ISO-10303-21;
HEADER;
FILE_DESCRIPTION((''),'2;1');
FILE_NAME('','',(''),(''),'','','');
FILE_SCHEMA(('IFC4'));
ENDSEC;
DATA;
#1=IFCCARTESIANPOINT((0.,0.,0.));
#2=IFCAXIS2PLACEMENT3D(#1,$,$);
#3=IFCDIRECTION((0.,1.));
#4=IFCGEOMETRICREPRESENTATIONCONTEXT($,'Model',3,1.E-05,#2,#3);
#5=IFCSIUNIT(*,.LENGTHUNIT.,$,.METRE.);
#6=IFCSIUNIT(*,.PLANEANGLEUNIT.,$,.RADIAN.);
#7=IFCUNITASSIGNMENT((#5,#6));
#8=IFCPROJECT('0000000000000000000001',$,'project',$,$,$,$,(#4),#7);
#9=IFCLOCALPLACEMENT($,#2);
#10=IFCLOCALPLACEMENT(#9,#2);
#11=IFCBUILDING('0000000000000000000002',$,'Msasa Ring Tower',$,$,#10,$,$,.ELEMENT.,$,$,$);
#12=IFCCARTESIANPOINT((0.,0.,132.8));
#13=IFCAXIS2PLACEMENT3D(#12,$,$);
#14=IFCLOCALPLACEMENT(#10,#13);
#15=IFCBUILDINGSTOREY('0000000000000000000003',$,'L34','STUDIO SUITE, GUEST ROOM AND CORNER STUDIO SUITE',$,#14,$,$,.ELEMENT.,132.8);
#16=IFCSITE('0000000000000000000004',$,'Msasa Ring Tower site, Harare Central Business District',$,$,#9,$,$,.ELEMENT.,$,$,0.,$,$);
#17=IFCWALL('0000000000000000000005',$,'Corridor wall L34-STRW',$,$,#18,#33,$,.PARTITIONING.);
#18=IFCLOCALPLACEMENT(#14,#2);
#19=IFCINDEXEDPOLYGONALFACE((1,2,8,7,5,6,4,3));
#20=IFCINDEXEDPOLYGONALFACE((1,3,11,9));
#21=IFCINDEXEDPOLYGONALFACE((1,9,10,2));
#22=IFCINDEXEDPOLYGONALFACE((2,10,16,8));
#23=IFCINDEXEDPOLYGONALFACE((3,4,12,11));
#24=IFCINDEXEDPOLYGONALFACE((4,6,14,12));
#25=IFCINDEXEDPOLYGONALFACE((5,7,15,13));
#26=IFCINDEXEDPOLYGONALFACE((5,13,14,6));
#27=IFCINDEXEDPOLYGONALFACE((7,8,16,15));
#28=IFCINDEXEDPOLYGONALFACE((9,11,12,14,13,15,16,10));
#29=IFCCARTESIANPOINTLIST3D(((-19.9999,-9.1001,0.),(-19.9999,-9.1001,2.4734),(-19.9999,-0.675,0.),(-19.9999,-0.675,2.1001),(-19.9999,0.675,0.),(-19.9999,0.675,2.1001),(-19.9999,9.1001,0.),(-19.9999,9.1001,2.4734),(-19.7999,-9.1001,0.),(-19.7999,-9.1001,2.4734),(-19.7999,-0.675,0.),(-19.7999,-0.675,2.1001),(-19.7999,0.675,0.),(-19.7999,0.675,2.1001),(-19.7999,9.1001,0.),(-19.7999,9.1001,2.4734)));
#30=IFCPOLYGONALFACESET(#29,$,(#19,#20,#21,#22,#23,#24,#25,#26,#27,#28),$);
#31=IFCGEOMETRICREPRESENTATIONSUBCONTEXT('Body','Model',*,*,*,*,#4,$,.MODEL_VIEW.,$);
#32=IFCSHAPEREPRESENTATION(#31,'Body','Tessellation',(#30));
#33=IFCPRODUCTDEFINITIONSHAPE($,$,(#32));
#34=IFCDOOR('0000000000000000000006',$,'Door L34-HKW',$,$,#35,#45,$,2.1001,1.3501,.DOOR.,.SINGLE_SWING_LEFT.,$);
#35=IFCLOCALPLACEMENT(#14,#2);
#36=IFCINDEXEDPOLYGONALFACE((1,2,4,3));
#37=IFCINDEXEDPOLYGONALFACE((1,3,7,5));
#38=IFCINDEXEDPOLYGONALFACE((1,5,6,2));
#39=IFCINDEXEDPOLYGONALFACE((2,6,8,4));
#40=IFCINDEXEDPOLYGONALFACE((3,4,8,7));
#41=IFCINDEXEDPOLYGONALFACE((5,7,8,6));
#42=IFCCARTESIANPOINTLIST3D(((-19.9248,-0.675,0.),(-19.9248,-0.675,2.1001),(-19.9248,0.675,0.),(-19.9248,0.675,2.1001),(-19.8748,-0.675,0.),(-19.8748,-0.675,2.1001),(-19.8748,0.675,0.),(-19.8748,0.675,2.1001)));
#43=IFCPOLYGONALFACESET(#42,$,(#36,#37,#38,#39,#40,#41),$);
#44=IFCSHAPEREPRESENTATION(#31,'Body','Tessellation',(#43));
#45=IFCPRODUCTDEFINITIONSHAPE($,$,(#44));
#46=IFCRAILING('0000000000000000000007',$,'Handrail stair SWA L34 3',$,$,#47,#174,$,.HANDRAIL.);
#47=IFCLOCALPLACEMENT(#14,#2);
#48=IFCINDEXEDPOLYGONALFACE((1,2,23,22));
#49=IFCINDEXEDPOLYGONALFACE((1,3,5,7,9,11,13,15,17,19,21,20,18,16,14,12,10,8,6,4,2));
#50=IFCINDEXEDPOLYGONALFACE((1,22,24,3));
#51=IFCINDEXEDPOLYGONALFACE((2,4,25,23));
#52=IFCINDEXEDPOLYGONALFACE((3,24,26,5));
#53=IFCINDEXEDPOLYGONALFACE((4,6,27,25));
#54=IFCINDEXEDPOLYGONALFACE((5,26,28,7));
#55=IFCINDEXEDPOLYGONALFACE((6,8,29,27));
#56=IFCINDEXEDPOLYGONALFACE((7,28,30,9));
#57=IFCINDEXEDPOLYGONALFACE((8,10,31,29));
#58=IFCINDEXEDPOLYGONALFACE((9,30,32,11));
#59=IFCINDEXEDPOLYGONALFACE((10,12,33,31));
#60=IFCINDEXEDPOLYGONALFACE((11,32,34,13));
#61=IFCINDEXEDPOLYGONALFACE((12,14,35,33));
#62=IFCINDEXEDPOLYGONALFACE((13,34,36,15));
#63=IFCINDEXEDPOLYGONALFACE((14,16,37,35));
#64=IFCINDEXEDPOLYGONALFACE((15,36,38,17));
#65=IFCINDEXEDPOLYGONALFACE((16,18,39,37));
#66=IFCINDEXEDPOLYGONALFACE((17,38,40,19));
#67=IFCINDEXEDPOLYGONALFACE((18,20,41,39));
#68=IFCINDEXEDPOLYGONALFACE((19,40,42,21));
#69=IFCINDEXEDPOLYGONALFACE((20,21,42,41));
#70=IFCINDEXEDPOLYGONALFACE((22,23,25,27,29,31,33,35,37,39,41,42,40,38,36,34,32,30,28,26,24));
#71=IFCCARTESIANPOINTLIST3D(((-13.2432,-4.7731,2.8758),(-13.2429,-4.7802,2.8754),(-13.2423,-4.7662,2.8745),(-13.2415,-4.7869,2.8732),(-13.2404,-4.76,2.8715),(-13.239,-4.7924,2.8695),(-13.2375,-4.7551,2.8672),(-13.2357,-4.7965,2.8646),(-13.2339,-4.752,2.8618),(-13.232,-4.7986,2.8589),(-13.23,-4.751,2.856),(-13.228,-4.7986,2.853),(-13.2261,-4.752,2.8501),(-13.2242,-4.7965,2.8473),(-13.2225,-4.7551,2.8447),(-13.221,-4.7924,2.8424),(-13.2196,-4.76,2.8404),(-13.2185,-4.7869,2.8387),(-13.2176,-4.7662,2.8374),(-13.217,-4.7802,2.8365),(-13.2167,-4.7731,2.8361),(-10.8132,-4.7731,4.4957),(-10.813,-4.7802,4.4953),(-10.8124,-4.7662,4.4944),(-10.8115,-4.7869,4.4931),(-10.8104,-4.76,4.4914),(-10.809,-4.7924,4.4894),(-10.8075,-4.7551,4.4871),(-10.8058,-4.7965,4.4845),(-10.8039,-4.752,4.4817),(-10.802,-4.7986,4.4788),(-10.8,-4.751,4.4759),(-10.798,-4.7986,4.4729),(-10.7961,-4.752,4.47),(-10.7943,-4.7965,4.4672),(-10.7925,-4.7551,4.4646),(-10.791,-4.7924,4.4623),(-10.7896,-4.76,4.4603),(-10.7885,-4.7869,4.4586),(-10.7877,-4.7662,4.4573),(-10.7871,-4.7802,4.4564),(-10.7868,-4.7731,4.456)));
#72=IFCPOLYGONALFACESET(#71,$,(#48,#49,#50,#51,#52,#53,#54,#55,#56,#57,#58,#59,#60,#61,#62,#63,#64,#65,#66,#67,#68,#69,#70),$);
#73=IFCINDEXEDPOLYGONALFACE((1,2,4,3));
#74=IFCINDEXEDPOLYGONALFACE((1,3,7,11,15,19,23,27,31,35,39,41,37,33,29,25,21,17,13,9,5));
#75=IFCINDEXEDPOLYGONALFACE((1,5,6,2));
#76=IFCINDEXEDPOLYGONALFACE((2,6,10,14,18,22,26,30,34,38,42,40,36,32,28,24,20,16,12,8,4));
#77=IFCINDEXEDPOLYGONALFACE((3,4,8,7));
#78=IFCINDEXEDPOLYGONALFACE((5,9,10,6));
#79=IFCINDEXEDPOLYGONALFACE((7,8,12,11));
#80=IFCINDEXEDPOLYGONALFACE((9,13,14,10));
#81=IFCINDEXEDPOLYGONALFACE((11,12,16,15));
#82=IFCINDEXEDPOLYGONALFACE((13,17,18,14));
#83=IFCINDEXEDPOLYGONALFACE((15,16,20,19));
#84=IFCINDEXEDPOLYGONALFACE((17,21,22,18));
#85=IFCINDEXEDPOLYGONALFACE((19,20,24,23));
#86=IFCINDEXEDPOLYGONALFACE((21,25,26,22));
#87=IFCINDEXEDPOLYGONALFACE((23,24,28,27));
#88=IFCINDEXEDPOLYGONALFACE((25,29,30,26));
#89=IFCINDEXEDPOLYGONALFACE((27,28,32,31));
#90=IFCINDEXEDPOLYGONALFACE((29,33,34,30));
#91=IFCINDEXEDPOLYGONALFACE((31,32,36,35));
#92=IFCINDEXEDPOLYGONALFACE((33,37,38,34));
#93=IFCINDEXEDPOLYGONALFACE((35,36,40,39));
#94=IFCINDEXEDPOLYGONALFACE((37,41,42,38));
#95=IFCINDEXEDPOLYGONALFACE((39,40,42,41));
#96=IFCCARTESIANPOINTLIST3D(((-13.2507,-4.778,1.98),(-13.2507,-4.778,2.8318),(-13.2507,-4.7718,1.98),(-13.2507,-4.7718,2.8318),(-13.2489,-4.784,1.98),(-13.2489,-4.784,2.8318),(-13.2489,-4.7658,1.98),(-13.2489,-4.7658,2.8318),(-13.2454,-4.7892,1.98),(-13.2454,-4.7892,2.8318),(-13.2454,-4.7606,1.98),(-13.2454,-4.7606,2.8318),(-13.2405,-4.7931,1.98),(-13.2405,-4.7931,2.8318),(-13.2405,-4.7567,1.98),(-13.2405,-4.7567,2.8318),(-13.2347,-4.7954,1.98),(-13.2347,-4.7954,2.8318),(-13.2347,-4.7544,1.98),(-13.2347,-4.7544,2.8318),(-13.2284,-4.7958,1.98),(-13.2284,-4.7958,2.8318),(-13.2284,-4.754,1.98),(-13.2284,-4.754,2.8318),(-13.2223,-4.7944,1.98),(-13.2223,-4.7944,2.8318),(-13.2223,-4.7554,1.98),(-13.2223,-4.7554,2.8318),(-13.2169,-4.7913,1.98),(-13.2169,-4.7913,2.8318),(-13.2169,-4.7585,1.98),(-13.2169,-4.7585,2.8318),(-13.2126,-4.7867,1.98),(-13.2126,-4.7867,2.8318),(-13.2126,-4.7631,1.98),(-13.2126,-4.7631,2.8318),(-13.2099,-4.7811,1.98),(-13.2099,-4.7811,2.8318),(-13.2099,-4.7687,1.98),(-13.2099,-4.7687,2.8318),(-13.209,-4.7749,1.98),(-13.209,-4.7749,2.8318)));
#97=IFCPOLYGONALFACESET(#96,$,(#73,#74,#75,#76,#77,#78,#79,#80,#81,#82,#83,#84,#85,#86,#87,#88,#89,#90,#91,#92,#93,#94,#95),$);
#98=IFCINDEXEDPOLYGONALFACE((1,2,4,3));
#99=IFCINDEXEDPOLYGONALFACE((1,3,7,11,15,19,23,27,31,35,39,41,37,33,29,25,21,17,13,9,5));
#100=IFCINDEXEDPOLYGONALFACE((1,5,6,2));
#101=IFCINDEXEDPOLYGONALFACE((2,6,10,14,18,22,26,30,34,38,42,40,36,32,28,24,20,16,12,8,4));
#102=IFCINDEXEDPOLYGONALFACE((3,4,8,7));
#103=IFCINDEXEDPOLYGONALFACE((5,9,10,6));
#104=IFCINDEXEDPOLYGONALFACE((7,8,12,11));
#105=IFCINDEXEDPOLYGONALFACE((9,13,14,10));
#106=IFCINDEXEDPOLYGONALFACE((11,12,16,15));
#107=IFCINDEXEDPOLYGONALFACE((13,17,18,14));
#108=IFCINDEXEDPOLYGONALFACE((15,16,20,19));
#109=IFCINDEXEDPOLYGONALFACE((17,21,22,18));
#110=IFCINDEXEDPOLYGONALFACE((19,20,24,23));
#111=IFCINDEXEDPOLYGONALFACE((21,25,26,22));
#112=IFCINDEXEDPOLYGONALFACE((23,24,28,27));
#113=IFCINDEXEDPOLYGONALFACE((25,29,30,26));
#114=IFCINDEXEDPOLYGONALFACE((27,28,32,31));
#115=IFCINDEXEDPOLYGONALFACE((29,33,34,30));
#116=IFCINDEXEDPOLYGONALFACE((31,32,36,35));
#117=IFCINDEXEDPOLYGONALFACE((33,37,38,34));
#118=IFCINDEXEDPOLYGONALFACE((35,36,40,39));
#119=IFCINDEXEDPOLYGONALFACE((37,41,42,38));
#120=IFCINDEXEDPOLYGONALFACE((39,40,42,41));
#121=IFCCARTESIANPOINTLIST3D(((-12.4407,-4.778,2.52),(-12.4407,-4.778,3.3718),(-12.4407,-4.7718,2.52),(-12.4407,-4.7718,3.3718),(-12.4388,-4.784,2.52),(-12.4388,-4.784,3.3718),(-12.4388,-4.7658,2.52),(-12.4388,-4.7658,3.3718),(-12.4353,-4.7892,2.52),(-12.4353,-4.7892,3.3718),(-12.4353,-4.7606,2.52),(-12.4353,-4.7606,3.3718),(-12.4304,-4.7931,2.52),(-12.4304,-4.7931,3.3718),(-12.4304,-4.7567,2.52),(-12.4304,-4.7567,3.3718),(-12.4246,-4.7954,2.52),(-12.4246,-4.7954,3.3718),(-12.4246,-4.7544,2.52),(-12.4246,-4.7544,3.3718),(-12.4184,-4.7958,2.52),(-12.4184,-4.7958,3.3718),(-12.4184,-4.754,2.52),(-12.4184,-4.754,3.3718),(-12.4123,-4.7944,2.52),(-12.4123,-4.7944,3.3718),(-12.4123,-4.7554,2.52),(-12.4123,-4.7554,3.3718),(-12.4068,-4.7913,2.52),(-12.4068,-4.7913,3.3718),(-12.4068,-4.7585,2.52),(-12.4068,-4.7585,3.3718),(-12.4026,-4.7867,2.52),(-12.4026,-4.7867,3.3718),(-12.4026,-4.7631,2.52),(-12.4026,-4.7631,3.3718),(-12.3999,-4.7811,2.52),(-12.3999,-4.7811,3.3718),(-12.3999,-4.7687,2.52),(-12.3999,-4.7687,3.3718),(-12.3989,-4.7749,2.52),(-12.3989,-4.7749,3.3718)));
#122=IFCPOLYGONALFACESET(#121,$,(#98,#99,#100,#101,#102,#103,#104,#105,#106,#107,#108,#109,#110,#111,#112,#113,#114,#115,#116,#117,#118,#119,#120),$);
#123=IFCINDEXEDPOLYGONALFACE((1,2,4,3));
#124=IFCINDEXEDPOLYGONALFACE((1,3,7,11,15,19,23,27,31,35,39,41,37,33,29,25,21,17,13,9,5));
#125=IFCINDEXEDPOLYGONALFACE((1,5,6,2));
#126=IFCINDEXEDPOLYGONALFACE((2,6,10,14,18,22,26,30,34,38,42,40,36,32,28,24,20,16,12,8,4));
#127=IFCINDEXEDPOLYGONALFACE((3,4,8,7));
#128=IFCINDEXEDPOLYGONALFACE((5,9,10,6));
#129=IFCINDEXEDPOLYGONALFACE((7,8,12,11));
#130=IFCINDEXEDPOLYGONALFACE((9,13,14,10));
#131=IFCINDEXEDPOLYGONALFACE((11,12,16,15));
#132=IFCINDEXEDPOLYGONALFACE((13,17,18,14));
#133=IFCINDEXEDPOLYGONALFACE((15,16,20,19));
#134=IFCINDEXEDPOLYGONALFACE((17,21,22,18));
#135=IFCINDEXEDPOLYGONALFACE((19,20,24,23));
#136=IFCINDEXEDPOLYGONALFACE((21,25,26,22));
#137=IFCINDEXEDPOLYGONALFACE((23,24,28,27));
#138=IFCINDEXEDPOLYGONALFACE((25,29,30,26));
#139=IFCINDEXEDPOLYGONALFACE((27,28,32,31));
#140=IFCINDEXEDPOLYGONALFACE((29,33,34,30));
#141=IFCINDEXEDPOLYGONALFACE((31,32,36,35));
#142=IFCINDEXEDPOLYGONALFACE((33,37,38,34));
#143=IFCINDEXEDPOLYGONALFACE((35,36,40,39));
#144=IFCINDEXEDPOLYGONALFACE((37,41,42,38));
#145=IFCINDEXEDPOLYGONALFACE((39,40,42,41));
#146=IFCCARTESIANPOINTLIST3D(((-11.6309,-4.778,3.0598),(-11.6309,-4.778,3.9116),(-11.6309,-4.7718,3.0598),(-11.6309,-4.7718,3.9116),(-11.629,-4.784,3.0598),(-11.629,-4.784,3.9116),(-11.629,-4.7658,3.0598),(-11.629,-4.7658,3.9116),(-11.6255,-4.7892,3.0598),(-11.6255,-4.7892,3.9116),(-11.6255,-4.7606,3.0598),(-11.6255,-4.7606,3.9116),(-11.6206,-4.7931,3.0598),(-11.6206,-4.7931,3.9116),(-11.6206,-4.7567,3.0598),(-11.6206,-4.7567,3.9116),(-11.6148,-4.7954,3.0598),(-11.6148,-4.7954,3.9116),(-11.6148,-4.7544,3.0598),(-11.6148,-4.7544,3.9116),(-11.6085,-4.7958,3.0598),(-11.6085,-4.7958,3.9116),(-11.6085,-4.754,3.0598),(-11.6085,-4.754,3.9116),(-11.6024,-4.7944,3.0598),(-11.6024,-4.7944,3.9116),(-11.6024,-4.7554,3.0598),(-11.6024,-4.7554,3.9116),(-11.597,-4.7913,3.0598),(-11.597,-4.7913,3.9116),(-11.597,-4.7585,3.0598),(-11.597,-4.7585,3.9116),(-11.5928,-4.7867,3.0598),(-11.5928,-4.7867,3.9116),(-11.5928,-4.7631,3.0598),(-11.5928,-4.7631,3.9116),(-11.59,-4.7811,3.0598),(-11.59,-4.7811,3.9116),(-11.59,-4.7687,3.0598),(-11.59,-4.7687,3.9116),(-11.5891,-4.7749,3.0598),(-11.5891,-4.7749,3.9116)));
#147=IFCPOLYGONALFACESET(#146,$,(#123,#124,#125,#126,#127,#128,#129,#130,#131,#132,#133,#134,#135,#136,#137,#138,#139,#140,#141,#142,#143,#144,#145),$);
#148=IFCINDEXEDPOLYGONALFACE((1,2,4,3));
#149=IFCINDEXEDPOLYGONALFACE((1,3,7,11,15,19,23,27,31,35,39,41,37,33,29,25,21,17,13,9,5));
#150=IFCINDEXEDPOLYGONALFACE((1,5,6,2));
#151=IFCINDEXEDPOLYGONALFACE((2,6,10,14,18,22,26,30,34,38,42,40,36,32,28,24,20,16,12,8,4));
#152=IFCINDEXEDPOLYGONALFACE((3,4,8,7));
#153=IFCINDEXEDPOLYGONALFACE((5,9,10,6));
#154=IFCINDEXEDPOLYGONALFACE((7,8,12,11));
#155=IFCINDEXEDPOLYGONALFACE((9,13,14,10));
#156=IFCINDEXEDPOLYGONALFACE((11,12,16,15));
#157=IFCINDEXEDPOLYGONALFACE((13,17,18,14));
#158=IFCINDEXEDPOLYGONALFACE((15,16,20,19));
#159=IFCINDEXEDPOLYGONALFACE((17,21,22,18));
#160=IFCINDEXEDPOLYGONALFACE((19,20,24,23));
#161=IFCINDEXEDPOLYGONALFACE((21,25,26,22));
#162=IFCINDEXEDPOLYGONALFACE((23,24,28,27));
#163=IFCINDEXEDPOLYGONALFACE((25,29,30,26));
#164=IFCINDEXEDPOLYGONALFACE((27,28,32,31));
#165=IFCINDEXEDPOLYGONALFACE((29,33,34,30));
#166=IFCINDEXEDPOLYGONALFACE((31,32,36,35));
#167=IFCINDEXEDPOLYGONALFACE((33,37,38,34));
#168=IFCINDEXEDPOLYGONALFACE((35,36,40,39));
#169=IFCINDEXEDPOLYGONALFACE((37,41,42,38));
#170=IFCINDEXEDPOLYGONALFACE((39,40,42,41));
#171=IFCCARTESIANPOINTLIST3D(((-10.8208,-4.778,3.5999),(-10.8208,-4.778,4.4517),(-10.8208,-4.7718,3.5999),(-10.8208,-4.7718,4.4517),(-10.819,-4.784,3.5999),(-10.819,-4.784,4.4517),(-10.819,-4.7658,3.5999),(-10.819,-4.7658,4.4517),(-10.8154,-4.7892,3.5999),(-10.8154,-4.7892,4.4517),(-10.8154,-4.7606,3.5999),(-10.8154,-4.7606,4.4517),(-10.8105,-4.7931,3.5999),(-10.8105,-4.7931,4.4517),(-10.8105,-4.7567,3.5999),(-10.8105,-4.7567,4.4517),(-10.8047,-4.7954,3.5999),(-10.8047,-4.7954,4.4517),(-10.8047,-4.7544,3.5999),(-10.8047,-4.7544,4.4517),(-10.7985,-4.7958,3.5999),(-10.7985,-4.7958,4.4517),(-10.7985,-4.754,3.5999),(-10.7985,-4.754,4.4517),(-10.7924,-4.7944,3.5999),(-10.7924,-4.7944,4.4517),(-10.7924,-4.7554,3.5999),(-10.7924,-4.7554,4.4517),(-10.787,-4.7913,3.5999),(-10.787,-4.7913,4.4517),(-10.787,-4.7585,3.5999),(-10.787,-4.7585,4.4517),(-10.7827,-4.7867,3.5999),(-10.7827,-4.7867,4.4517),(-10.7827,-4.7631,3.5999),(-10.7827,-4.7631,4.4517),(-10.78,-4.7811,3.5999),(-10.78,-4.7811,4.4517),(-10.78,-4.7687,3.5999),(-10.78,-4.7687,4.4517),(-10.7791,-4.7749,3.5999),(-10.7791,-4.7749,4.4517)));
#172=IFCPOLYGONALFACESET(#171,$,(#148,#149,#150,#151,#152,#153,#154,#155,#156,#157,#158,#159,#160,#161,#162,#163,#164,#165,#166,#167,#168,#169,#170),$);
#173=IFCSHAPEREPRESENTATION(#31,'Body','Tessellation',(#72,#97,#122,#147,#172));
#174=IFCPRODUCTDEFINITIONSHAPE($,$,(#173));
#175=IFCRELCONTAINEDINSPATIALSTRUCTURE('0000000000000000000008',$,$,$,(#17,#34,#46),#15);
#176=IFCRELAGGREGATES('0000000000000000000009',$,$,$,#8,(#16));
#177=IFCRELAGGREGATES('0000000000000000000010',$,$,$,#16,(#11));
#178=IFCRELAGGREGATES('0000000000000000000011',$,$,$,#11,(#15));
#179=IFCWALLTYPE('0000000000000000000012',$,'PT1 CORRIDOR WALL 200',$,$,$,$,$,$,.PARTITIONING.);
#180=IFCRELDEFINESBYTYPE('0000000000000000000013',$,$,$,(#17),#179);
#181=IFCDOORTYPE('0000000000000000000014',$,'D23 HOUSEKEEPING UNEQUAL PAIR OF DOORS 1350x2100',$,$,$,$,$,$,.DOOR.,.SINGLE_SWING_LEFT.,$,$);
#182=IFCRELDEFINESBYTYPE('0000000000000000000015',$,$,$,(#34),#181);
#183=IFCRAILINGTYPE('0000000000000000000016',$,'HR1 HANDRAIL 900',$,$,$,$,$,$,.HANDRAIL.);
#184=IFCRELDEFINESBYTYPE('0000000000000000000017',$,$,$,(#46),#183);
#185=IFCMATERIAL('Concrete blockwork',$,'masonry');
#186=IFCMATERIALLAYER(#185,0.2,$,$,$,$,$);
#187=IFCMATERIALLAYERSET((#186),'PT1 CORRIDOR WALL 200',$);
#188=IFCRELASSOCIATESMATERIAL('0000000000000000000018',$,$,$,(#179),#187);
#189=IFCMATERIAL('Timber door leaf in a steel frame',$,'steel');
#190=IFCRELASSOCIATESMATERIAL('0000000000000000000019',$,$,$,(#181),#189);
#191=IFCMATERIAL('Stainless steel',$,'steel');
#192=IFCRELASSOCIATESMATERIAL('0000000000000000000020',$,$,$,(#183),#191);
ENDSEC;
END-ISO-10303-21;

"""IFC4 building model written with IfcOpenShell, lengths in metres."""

from ifc_helpers import new_model, si_unit, direction, frame, frame_2d, origin, origin_2d, place, context, subcontext, project, spatial, rectangle, circle, extrude, material, layer, layer_set, type_object, element, fill, save


model = new_model("IFC4")

# Units and contexts
model_context = context("Model", 3, precision=1e-05, world=origin(), true_north=direction((0.0, 1.0)))
body_context = subcontext(model_context, "Body", "Model", "MODEL_VIEW")
ifc_project = project(units=[si_unit("LENGTHUNIT", "METRE"), si_unit("PLANEANGLEUNIT", "RADIAN")], contexts=[model_context])

# Site, building, storey
site_placement = place(None, origin())
site = spatial("IfcSite", under=ifc_project, at=site_placement, Name="Msasa Ring Tower site, Harare Central Business District", CompositionType="ELEMENT", RefElevation=0.0)
building_placement = place(site_placement, origin())
building = spatial("IfcBuilding", under=site, at=building_placement, Name="Msasa Ring Tower", CompositionType="ELEMENT")
storey_placement = place(building_placement, frame((0.0, 0.0, 132.8)))
storey = spatial("IfcBuildingStorey", under=building, at=storey_placement, Name="L34", Description="STUDIO SUITE, GUEST ROOM AND CORNER STUDIO SUITE", CompositionType="ELEMENT", Elevation=132.8)

# Wall, opening, door
ifc_material_1 = material(Name="Concrete blockwork", Category="masonry")
ifc_layer_1 = layer(ifc_material_1, 0.2)
ifc_layer_set_1 = layer_set([ifc_layer_1], Name="PT1 CORRIDOR WALL 200")
wall_type_1 = type_object("IfcWallType", Name="PT1 CORRIDOR WALL 200", PredefinedType="PARTITIONING", material=ifc_layer_set_1)
wall_1_placement = place(storey_placement, frame((-19.8999, -9.1001, 0.0), z_axis=(0.0, 0.0, 1.0), x_axis=(0.0, 1.0, 0.0)))
wall_1 = element("IfcWall", 1, at=wall_1_placement, inside=storey, type_object=wall_type_1, Name="Corridor wall L34-STRW", PredefinedType="PARTITIONING", context=body_context, shape_type="SweptSolid", body=[
    extrude(rectangle(XDim=18.2002, YDim=0.2, at=frame_2d((9.1001, 0.0))), origin(), (0.0, 0.0, 1.0), 2.4734),
])
opening_1_placement = place(wall_1_placement, frame((8.425, 0.0, 0.0)))
opening_1 = element("IfcOpeningElement", 2, at=opening_1_placement, cuts=wall_1, PredefinedType="OPENING", context=body_context, shape_type="SweptSolid", body=[
    extrude(rectangle(XDim=1.3501, YDim=2.1001, at=frame_2d((0.675, 1.05))), frame((0.0, 0.1099, 0.0), z_axis=(0.0, -1.0, 0.0), x_axis=(1.0, 0.0, 0.0)), (0.0, 0.0, 1.0), 0.22),
])
ifc_material_2 = material(Name="Timber door leaf in a steel frame", Category="steel")
door_type = type_object("IfcDoorType", Name="D23 HOUSEKEEPING UNEQUAL PAIR OF DOORS 1350x2100", OperationType="SINGLE_SWING_LEFT", PredefinedType="DOOR", material=ifc_material_2)
door_placement = place(opening_1_placement, origin())
door = element("IfcDoor", 3, at=door_placement, inside=storey, type_object=door_type, Name="Door L34-HKW", OperationType="SINGLE_SWING_LEFT", OverallHeight=2.1001, OverallWidth=1.3501, PredefinedType="DOOR", context=body_context, shape_type="SweptSolid", body=[
    extrude(rectangle(XDim=1.3501, YDim=2.1001, at=frame_2d((0.675, 1.05))), frame((0.0, 0.0249, 0.0), z_axis=(0.0, -1.0, 0.0), x_axis=(1.0, 0.0, 0.0)), (0.0, 0.0, 1.0), 0.05),
])
fill(opening_1, door)

# Railing
ifc_material_3 = material(Name="Stainless steel", Category="steel")
railing_type = type_object("IfcRailingType", Name="HR1 HANDRAIL 900", PredefinedType="HANDRAIL", material=ifc_material_3)
railing_placement = place(storey_placement, frame((-13.23, -4.7749, 1.98)))
element("IfcRailing", 4, at=railing_placement, inside=storey, type_object=railing_type, Name="Handrail stair SWA L34 3", PredefinedType="HANDRAIL", context=body_context, shape_type="SweptSolid", body=[
    extrude(circle(Radius=0.0239, at=origin_2d()), frame((0.0, 0.0, 0.876), z_axis=(0.832063, 0.0, 0.554681), x_axis=(0.0, 1.0, 0.0)), (0.0, 0.0, 1.0), 2.9204),
    extrude(circle(Radius=0.021, at=origin_2d()), origin(), (0.0, 0.0, 1.0), 0.8518),
    extrude(circle(Radius=0.021, at=origin_2d()), frame((0.8101, 0.0, 0.54)), (0.0, 0.0, 1.0), 0.8518),
    extrude(circle(Radius=0.021, at=origin_2d()), frame((1.6199, 0.0, 1.0798)), (0.0, 0.0, 1.0), 0.8518),
    extrude(circle(Radius=0.021, at=origin_2d()), frame((2.4299, 0.0, 1.6199)), (0.0, 0.0, 1.0), 0.8518),
])

save(model, "model.ifc")
